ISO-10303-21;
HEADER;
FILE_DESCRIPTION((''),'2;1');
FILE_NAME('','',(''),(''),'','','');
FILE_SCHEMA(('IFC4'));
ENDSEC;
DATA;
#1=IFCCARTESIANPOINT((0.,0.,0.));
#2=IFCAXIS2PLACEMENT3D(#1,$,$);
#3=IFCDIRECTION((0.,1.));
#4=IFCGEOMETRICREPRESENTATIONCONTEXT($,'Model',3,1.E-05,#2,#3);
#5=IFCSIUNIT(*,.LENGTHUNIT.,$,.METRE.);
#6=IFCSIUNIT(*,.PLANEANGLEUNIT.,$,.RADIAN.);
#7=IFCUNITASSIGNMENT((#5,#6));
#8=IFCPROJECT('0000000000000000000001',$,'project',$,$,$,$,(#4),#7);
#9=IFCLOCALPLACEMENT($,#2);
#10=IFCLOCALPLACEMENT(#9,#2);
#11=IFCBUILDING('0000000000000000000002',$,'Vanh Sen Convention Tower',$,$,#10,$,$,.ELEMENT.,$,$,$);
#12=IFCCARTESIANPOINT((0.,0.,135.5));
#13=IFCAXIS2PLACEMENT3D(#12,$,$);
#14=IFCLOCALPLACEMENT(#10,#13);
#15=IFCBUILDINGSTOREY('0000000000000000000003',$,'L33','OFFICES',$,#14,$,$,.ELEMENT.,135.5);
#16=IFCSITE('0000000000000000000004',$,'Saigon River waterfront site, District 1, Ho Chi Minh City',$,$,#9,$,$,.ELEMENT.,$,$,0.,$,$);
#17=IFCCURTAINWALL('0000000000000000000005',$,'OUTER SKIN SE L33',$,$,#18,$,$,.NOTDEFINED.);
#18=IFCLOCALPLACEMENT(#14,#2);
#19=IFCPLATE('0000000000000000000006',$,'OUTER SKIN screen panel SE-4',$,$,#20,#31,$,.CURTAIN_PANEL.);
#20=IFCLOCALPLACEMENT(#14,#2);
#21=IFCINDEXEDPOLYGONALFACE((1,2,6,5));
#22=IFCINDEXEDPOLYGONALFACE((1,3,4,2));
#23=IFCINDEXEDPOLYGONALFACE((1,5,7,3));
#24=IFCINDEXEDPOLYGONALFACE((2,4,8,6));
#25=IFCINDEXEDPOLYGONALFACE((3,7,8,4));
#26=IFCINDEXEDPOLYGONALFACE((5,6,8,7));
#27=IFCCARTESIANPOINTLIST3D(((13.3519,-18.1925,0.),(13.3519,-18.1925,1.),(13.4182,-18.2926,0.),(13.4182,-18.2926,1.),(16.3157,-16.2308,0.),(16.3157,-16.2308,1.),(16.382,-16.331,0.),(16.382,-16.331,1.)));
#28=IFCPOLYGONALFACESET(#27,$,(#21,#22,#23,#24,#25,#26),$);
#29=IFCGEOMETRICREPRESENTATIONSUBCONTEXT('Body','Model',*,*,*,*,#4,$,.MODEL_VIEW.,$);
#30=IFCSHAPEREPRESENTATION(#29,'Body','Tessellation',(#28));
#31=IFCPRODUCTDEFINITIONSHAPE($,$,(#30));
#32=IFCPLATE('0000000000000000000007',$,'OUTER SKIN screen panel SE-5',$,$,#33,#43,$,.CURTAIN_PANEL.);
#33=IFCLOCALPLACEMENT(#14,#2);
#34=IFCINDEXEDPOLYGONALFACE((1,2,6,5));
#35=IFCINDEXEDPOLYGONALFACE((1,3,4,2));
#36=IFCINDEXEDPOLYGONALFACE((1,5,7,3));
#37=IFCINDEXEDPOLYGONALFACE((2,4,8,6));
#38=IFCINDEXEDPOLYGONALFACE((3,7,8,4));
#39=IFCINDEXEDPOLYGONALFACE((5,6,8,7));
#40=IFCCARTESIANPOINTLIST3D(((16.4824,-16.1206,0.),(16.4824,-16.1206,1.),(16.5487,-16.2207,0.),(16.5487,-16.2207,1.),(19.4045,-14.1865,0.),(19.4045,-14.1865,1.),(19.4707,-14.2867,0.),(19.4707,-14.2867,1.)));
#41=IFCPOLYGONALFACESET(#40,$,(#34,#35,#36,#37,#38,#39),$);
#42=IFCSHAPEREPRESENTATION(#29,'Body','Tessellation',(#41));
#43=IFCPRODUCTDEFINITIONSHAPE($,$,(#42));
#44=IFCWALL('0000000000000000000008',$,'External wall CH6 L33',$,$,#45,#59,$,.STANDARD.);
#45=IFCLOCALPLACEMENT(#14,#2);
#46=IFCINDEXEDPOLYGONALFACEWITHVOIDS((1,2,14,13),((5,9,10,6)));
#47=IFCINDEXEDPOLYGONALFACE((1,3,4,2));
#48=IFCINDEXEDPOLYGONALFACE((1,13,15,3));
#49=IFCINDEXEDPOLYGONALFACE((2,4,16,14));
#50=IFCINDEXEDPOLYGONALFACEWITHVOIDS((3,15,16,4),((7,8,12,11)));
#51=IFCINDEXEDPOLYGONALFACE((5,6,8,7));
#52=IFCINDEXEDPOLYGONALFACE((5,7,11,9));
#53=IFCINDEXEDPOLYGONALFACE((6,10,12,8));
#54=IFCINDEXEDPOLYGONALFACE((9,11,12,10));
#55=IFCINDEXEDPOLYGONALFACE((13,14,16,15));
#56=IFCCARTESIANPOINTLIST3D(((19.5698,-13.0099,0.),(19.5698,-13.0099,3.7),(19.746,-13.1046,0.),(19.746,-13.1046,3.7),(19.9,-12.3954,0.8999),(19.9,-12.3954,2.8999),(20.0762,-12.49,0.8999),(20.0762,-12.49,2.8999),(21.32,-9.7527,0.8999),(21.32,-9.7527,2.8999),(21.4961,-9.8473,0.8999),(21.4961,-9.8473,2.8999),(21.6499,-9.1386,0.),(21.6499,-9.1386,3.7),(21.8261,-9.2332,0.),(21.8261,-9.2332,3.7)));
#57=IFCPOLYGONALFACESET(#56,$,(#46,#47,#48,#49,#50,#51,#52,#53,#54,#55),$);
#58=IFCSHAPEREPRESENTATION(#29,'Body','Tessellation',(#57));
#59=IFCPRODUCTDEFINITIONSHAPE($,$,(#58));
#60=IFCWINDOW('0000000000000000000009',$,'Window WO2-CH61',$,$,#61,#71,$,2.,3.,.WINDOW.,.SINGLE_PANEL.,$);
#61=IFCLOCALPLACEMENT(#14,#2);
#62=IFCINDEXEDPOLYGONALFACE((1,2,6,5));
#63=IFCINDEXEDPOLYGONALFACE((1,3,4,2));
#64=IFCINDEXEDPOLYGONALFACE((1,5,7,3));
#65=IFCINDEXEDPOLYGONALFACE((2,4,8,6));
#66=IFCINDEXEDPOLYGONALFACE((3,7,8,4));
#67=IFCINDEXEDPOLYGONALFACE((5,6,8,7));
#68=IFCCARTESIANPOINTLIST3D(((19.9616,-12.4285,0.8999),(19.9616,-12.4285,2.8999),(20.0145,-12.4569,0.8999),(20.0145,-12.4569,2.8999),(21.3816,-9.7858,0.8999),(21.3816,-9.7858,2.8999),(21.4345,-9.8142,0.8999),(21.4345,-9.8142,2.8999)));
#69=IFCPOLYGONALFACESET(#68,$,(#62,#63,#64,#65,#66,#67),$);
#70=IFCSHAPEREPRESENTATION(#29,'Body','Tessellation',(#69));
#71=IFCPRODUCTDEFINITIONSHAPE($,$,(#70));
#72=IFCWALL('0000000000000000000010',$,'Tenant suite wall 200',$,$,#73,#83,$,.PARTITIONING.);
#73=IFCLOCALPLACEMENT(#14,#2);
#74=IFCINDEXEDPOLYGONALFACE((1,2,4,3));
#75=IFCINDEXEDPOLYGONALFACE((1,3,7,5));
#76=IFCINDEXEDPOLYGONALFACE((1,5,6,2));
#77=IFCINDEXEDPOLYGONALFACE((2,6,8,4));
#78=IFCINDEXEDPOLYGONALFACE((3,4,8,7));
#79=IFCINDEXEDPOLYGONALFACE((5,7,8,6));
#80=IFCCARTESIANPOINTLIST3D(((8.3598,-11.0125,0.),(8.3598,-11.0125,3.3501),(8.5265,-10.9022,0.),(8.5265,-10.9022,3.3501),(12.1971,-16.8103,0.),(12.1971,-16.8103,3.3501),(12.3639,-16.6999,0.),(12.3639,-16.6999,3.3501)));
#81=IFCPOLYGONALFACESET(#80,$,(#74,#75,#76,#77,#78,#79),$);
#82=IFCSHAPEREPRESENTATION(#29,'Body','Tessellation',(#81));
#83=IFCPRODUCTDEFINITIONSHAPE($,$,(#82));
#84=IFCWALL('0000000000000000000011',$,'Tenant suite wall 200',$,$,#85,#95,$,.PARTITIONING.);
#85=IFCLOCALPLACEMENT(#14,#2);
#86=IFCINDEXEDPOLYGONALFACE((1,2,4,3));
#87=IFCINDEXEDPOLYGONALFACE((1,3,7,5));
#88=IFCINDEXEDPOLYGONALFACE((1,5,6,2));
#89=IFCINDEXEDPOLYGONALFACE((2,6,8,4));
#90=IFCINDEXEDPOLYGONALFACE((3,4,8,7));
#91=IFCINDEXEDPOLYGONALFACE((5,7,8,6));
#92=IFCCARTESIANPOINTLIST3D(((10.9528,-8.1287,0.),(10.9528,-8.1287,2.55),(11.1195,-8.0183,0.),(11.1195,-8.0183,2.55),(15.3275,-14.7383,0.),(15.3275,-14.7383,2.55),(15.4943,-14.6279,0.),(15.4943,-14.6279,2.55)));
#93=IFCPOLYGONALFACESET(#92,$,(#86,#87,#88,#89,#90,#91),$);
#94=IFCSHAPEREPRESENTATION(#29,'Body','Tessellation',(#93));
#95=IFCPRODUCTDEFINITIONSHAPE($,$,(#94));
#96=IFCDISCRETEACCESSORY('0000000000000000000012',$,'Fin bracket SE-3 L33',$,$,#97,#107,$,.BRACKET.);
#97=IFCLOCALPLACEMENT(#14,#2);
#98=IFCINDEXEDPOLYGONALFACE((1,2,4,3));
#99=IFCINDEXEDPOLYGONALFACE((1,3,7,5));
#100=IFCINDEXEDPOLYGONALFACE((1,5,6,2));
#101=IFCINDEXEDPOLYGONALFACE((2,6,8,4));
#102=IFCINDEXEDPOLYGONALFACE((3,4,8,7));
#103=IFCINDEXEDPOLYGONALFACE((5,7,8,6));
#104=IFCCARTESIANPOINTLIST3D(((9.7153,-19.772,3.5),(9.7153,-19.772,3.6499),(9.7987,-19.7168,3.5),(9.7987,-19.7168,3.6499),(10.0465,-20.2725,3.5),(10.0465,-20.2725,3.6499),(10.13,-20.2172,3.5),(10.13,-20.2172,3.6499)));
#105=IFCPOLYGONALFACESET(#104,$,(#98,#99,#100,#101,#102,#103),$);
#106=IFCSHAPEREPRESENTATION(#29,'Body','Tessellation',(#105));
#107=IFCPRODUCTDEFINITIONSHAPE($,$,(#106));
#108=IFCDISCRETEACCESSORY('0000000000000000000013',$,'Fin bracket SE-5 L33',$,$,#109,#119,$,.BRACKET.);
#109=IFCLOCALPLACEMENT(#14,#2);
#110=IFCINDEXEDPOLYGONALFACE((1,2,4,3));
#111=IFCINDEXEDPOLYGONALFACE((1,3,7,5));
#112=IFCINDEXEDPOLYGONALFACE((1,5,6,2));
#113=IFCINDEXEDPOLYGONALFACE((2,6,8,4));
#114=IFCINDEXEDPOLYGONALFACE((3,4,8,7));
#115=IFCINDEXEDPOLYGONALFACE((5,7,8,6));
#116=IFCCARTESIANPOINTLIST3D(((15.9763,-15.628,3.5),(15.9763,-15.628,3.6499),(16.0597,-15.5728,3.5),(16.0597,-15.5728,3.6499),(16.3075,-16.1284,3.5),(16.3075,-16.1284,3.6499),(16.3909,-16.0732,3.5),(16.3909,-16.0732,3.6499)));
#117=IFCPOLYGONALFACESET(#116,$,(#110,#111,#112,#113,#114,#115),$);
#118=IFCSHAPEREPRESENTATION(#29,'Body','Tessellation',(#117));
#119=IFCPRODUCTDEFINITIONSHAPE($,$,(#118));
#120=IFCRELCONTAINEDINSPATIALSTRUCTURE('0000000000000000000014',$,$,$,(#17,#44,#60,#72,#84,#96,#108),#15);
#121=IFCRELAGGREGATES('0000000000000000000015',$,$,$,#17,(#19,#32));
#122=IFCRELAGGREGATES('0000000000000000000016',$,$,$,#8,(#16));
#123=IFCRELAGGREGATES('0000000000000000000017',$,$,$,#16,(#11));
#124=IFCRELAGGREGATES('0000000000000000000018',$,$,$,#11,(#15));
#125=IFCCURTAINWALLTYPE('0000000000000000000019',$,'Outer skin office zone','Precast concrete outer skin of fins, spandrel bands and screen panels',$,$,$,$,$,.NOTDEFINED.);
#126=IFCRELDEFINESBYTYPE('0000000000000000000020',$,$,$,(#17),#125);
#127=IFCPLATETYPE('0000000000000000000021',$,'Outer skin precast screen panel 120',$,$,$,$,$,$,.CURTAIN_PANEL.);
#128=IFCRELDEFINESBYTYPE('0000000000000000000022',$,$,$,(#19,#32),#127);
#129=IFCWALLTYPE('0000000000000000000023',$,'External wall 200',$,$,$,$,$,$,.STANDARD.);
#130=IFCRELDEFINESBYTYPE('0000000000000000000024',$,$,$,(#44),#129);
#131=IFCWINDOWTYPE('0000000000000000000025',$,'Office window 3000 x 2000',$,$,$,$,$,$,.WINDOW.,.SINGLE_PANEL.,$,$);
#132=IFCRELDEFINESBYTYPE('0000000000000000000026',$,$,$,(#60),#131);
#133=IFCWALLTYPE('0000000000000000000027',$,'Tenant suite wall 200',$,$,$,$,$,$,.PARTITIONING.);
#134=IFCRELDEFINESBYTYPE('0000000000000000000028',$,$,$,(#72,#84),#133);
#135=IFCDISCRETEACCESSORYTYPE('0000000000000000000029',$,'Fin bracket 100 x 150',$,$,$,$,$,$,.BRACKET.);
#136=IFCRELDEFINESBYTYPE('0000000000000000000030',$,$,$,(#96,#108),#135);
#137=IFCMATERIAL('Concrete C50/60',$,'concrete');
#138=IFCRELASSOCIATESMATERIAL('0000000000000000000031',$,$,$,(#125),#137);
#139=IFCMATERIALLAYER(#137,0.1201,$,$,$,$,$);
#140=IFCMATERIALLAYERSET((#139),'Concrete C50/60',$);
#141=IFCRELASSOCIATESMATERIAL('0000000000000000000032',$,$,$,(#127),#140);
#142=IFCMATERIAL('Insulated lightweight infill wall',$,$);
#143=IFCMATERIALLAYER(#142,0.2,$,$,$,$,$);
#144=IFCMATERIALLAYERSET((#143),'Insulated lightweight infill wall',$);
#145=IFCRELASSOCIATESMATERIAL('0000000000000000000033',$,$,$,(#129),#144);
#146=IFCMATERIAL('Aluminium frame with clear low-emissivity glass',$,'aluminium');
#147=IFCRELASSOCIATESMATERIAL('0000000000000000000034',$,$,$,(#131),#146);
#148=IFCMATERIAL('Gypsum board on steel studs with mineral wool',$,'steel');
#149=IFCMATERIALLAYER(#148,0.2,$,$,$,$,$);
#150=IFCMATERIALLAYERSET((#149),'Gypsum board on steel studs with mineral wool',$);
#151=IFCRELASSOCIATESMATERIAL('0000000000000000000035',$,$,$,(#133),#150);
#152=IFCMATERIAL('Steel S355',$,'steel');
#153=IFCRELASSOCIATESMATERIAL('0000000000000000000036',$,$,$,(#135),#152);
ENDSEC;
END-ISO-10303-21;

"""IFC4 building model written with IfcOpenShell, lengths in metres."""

from ifc_helpers import new_model, si_unit, direction, frame, frame_2d, origin, origin_2d, place, context, subcontext, project, spatial, rectangle, extrude, material, layer, layer_set, type_object, element, fill, aggregate, save


model = new_model("IFC4")

# Units and contexts
model_context = context("Model", 3, precision=1e-05, world=origin(), true_north=direction((0.0, 1.0)))
body_context = subcontext(model_context, "Body", "Model", "MODEL_VIEW")
ifc_project = project(units=[si_unit("LENGTHUNIT", "METRE"), si_unit("PLANEANGLEUNIT", "RADIAN")], contexts=[model_context])

# Site, building, storey
site_placement = place(None, origin())
site = spatial("IfcSite", under=ifc_project, at=site_placement, Name="Saigon River waterfront site, District 1, Ho Chi Minh City", CompositionType="ELEMENT", RefElevation=0.0)
building_placement = place(site_placement, origin())
building = spatial("IfcBuilding", under=site, at=building_placement, Name="Vanh Sen Convention Tower", CompositionType="ELEMENT")
storey_placement = place(building_placement, frame((0.0, 0.0, 135.5)))
storey = spatial("IfcBuildingStorey", under=building, at=storey_placement, Name="L33", Description="OFFICES", CompositionType="ELEMENT", Elevation=135.5)

# Curtain wall
ifc_material_1 = material(Name="Concrete C50/60", Category="concrete")
curtain_wall_type = type_object("IfcCurtainWallType", Name="Outer skin office zone", Description="Precast concrete outer skin of fins, spandrel bands and screen panels", PredefinedType="NOTDEFINED", material=ifc_material_1)
curtain_wall_1_placement = place(storey_placement, origin())
curtain_wall_1 = element("IfcCurtainWall", 1, at=curtain_wall_1_placement, inside=storey, type_object=curtain_wall_type, Name="OUTER SKIN SE L33", PredefinedType="NOTDEFINED")

# Plates
ifc_layer_1 = layer(ifc_material_1, 0.1201)
ifc_layer_set_1 = layer_set([ifc_layer_1], Name="Concrete C50/60")
plate_type = type_object("IfcPlateType", Name="Outer skin precast screen panel 120", PredefinedType="CURTAIN_PANEL", material=ifc_layer_set_1)
plate_1_placement = place(storey_placement, frame((14.8669, -17.2617, 0.0), z_axis=(0.0, 0.0, 1.0), x_axis=(0.83389, 0.551931, 0.0)))
plate_1 = element("IfcPlate", 2, at=plate_1_placement, type_object=plate_type, Name="OUTER SKIN screen panel SE-4", PredefinedType="CURTAIN_PANEL", context=body_context, shape_type="SweptSolid", body=[
    extrude(rectangle(XDim=3.5542, YDim=0.1201, at=origin_2d()), origin(), (0.0, 0.0, 1.0), 1.0),
])
plate_2_placement = place(storey_placement, frame((17.9766, -15.2036, 0.0), z_axis=(0.0, 0.0, 1.0), x_axis=(0.83389, 0.551931, 0.0)))
plate_2 = element("IfcPlate", 3, at=plate_2_placement, type_object=plate_type, Name="OUTER SKIN screen panel SE-5", PredefinedType="CURTAIN_PANEL", context=body_context, shape_type="SweptSolid", body=[
    extrude(rectangle(XDim=3.5042, YDim=0.1201, at=origin_2d()), origin(), (0.0, 0.0, 1.0), 1.0),
])
aggregate(curtain_wall_1, [plate_1, plate_2])

# Wall, opening, window
ifc_material_2 = material(Name="Insulated lightweight infill wall")
ifc_layer_2 = layer(ifc_material_2, 0.2)
ifc_layer_set_2 = layer_set([ifc_layer_2], Name="Insulated lightweight infill wall")
wall_type_1 = type_object("IfcWallType", Name="External wall 200", PredefinedType="STANDARD", material=ifc_layer_set_2)
wall_1_placement = place(storey_placement, frame((19.658, -13.0571, 0.0), z_axis=(0.0, 0.0, 1.0), x_axis=(0.473308, 0.880897, 0.0)))
wall_1 = element("IfcWall", 4, at=wall_1_placement, inside=storey, type_object=wall_type_1, Name="External wall CH6 L33", PredefinedType="STANDARD", context=body_context, shape_type="SweptSolid", body=[
    extrude(rectangle(XDim=4.3948, YDim=0.2, at=frame_2d((2.1973, 0.0))), origin(), (0.0, 0.0, 1.0), 3.7),
])
opening_placement = place(wall_1_placement, frame((0.6975, 0.0, 0.8999)))
opening = element("IfcOpeningElement", 5, at=opening_placement, cuts=wall_1, PredefinedType="OPENING", context=body_context, shape_type="SweptSolid", body=[
    extrude(rectangle(XDim=3.0, YDim=2.0, at=frame_2d((1.5, 1.0))), frame((0.0, 0.1099, 0.0), z_axis=(0.0, -1.0, 0.0), x_axis=(1.0, 0.0, 0.0)), (0.0, 0.0, 1.0), 0.22),
])
ifc_material_3 = material(Name="Aluminium frame with clear low-emissivity glass", Category="aluminium")
window_type = type_object("IfcWindowType", Name="Office window 3000 x 2000", PartitioningType="SINGLE_PANEL", PredefinedType="WINDOW", material=ifc_material_3)
window_placement = place(opening_placement, origin())
window = element("IfcWindow", 6, at=window_placement, inside=storey, type_object=window_type, Name="Window WO2-CH61", OverallHeight=2.0, OverallWidth=3.0, PartitioningType="SINGLE_PANEL", PredefinedType="WINDOW", context=body_context, shape_type="SweptSolid", body=[
    extrude(rectangle(XDim=3.0, YDim=2.0, at=frame_2d((1.5, 1.0))), frame((0.0, 0.03, 0.0), z_axis=(0.0, -1.0, 0.0), x_axis=(1.0, 0.0, 0.0)), (0.0, 0.0, 1.0), 0.0601),
])
fill(opening, window)

# Walls
ifc_material_4 = material(Name="Gypsum board on steel studs with mineral wool", Category="steel")
ifc_layer_3 = layer(ifc_material_4, 0.2)
ifc_layer_set_3 = layer_set([ifc_layer_3], Name="Gypsum board on steel studs with mineral wool")
wall_type_2 = type_object("IfcWallType", Name="Tenant suite wall 200", PredefinedType="PARTITIONING", material=ifc_layer_set_3)
wall_2_placement = place(storey_placement, frame((12.2805, -16.7551, 0.0), z_axis=(0.0, 0.0, 1.0), x_axis=(-0.551926, 0.833893, 0.0)))
element("IfcWall", 7, at=wall_2_placement, inside=storey, type_object=wall_type_2, Name="Tenant suite wall 200", PredefinedType="PARTITIONING", context=body_context, shape_type="SweptSolid", body=[
    extrude(rectangle(XDim=6.9526, YDim=0.2, at=frame_2d((3.4763, 0.0))), origin(), (0.0, 0.0, 1.0), 3.3501),
])
wall_3_placement = place(storey_placement, frame((15.4109, -14.6831, 0.0), z_axis=(0.0, 0.0, 1.0), x_axis=(-0.551932, 0.833889, 0.0)))
element("IfcWall", 8, at=wall_3_placement, inside=storey, type_object=wall_type_2, Name="Tenant suite wall 200", PredefinedType="PARTITIONING", context=body_context, shape_type="SweptSolid", body=[
    extrude(rectangle(XDim=7.9263, YDim=0.2, at=frame_2d((3.9631, 0.0))), origin(), (0.0, 0.0, 1.0), 2.55),
])

# Discrete accessories
ifc_material_5 = material(Name="Steel S355", Category="steel")
discrete_accessory_type = type_object("IfcDiscreteAccessoryType", Name="Fin bracket 100 x 150", PredefinedType="BRACKET", material=ifc_material_5)
for number, where, z_axis, x_axis, name in (
    (9, (9.9226, -19.9946, 3.5), (0.0, 0.0, 1.0), (0.551937, -0.833886, 0.0), "Fin bracket SE-3 L33"),
    (10, (16.1836, -15.8506, 3.5), (0.0, 0.0, 1.0), (0.551937, -0.833886, 0.0), "Fin bracket SE-5 L33"),
):
    element("IfcDiscreteAccessory", number, at=place(storey_placement, frame(where, z_axis=z_axis, x_axis=x_axis)), inside=storey, type_object=discrete_accessory_type, Name=name, PredefinedType="BRACKET", context=body_context, shape_type="SweptSolid", body=[
        extrude(rectangle(XDim=0.6001, YDim=0.1001, at=origin_2d()), origin(), (0.0, 0.0, 1.0), 0.1499),
    ])

save(model, "model.ifc")
